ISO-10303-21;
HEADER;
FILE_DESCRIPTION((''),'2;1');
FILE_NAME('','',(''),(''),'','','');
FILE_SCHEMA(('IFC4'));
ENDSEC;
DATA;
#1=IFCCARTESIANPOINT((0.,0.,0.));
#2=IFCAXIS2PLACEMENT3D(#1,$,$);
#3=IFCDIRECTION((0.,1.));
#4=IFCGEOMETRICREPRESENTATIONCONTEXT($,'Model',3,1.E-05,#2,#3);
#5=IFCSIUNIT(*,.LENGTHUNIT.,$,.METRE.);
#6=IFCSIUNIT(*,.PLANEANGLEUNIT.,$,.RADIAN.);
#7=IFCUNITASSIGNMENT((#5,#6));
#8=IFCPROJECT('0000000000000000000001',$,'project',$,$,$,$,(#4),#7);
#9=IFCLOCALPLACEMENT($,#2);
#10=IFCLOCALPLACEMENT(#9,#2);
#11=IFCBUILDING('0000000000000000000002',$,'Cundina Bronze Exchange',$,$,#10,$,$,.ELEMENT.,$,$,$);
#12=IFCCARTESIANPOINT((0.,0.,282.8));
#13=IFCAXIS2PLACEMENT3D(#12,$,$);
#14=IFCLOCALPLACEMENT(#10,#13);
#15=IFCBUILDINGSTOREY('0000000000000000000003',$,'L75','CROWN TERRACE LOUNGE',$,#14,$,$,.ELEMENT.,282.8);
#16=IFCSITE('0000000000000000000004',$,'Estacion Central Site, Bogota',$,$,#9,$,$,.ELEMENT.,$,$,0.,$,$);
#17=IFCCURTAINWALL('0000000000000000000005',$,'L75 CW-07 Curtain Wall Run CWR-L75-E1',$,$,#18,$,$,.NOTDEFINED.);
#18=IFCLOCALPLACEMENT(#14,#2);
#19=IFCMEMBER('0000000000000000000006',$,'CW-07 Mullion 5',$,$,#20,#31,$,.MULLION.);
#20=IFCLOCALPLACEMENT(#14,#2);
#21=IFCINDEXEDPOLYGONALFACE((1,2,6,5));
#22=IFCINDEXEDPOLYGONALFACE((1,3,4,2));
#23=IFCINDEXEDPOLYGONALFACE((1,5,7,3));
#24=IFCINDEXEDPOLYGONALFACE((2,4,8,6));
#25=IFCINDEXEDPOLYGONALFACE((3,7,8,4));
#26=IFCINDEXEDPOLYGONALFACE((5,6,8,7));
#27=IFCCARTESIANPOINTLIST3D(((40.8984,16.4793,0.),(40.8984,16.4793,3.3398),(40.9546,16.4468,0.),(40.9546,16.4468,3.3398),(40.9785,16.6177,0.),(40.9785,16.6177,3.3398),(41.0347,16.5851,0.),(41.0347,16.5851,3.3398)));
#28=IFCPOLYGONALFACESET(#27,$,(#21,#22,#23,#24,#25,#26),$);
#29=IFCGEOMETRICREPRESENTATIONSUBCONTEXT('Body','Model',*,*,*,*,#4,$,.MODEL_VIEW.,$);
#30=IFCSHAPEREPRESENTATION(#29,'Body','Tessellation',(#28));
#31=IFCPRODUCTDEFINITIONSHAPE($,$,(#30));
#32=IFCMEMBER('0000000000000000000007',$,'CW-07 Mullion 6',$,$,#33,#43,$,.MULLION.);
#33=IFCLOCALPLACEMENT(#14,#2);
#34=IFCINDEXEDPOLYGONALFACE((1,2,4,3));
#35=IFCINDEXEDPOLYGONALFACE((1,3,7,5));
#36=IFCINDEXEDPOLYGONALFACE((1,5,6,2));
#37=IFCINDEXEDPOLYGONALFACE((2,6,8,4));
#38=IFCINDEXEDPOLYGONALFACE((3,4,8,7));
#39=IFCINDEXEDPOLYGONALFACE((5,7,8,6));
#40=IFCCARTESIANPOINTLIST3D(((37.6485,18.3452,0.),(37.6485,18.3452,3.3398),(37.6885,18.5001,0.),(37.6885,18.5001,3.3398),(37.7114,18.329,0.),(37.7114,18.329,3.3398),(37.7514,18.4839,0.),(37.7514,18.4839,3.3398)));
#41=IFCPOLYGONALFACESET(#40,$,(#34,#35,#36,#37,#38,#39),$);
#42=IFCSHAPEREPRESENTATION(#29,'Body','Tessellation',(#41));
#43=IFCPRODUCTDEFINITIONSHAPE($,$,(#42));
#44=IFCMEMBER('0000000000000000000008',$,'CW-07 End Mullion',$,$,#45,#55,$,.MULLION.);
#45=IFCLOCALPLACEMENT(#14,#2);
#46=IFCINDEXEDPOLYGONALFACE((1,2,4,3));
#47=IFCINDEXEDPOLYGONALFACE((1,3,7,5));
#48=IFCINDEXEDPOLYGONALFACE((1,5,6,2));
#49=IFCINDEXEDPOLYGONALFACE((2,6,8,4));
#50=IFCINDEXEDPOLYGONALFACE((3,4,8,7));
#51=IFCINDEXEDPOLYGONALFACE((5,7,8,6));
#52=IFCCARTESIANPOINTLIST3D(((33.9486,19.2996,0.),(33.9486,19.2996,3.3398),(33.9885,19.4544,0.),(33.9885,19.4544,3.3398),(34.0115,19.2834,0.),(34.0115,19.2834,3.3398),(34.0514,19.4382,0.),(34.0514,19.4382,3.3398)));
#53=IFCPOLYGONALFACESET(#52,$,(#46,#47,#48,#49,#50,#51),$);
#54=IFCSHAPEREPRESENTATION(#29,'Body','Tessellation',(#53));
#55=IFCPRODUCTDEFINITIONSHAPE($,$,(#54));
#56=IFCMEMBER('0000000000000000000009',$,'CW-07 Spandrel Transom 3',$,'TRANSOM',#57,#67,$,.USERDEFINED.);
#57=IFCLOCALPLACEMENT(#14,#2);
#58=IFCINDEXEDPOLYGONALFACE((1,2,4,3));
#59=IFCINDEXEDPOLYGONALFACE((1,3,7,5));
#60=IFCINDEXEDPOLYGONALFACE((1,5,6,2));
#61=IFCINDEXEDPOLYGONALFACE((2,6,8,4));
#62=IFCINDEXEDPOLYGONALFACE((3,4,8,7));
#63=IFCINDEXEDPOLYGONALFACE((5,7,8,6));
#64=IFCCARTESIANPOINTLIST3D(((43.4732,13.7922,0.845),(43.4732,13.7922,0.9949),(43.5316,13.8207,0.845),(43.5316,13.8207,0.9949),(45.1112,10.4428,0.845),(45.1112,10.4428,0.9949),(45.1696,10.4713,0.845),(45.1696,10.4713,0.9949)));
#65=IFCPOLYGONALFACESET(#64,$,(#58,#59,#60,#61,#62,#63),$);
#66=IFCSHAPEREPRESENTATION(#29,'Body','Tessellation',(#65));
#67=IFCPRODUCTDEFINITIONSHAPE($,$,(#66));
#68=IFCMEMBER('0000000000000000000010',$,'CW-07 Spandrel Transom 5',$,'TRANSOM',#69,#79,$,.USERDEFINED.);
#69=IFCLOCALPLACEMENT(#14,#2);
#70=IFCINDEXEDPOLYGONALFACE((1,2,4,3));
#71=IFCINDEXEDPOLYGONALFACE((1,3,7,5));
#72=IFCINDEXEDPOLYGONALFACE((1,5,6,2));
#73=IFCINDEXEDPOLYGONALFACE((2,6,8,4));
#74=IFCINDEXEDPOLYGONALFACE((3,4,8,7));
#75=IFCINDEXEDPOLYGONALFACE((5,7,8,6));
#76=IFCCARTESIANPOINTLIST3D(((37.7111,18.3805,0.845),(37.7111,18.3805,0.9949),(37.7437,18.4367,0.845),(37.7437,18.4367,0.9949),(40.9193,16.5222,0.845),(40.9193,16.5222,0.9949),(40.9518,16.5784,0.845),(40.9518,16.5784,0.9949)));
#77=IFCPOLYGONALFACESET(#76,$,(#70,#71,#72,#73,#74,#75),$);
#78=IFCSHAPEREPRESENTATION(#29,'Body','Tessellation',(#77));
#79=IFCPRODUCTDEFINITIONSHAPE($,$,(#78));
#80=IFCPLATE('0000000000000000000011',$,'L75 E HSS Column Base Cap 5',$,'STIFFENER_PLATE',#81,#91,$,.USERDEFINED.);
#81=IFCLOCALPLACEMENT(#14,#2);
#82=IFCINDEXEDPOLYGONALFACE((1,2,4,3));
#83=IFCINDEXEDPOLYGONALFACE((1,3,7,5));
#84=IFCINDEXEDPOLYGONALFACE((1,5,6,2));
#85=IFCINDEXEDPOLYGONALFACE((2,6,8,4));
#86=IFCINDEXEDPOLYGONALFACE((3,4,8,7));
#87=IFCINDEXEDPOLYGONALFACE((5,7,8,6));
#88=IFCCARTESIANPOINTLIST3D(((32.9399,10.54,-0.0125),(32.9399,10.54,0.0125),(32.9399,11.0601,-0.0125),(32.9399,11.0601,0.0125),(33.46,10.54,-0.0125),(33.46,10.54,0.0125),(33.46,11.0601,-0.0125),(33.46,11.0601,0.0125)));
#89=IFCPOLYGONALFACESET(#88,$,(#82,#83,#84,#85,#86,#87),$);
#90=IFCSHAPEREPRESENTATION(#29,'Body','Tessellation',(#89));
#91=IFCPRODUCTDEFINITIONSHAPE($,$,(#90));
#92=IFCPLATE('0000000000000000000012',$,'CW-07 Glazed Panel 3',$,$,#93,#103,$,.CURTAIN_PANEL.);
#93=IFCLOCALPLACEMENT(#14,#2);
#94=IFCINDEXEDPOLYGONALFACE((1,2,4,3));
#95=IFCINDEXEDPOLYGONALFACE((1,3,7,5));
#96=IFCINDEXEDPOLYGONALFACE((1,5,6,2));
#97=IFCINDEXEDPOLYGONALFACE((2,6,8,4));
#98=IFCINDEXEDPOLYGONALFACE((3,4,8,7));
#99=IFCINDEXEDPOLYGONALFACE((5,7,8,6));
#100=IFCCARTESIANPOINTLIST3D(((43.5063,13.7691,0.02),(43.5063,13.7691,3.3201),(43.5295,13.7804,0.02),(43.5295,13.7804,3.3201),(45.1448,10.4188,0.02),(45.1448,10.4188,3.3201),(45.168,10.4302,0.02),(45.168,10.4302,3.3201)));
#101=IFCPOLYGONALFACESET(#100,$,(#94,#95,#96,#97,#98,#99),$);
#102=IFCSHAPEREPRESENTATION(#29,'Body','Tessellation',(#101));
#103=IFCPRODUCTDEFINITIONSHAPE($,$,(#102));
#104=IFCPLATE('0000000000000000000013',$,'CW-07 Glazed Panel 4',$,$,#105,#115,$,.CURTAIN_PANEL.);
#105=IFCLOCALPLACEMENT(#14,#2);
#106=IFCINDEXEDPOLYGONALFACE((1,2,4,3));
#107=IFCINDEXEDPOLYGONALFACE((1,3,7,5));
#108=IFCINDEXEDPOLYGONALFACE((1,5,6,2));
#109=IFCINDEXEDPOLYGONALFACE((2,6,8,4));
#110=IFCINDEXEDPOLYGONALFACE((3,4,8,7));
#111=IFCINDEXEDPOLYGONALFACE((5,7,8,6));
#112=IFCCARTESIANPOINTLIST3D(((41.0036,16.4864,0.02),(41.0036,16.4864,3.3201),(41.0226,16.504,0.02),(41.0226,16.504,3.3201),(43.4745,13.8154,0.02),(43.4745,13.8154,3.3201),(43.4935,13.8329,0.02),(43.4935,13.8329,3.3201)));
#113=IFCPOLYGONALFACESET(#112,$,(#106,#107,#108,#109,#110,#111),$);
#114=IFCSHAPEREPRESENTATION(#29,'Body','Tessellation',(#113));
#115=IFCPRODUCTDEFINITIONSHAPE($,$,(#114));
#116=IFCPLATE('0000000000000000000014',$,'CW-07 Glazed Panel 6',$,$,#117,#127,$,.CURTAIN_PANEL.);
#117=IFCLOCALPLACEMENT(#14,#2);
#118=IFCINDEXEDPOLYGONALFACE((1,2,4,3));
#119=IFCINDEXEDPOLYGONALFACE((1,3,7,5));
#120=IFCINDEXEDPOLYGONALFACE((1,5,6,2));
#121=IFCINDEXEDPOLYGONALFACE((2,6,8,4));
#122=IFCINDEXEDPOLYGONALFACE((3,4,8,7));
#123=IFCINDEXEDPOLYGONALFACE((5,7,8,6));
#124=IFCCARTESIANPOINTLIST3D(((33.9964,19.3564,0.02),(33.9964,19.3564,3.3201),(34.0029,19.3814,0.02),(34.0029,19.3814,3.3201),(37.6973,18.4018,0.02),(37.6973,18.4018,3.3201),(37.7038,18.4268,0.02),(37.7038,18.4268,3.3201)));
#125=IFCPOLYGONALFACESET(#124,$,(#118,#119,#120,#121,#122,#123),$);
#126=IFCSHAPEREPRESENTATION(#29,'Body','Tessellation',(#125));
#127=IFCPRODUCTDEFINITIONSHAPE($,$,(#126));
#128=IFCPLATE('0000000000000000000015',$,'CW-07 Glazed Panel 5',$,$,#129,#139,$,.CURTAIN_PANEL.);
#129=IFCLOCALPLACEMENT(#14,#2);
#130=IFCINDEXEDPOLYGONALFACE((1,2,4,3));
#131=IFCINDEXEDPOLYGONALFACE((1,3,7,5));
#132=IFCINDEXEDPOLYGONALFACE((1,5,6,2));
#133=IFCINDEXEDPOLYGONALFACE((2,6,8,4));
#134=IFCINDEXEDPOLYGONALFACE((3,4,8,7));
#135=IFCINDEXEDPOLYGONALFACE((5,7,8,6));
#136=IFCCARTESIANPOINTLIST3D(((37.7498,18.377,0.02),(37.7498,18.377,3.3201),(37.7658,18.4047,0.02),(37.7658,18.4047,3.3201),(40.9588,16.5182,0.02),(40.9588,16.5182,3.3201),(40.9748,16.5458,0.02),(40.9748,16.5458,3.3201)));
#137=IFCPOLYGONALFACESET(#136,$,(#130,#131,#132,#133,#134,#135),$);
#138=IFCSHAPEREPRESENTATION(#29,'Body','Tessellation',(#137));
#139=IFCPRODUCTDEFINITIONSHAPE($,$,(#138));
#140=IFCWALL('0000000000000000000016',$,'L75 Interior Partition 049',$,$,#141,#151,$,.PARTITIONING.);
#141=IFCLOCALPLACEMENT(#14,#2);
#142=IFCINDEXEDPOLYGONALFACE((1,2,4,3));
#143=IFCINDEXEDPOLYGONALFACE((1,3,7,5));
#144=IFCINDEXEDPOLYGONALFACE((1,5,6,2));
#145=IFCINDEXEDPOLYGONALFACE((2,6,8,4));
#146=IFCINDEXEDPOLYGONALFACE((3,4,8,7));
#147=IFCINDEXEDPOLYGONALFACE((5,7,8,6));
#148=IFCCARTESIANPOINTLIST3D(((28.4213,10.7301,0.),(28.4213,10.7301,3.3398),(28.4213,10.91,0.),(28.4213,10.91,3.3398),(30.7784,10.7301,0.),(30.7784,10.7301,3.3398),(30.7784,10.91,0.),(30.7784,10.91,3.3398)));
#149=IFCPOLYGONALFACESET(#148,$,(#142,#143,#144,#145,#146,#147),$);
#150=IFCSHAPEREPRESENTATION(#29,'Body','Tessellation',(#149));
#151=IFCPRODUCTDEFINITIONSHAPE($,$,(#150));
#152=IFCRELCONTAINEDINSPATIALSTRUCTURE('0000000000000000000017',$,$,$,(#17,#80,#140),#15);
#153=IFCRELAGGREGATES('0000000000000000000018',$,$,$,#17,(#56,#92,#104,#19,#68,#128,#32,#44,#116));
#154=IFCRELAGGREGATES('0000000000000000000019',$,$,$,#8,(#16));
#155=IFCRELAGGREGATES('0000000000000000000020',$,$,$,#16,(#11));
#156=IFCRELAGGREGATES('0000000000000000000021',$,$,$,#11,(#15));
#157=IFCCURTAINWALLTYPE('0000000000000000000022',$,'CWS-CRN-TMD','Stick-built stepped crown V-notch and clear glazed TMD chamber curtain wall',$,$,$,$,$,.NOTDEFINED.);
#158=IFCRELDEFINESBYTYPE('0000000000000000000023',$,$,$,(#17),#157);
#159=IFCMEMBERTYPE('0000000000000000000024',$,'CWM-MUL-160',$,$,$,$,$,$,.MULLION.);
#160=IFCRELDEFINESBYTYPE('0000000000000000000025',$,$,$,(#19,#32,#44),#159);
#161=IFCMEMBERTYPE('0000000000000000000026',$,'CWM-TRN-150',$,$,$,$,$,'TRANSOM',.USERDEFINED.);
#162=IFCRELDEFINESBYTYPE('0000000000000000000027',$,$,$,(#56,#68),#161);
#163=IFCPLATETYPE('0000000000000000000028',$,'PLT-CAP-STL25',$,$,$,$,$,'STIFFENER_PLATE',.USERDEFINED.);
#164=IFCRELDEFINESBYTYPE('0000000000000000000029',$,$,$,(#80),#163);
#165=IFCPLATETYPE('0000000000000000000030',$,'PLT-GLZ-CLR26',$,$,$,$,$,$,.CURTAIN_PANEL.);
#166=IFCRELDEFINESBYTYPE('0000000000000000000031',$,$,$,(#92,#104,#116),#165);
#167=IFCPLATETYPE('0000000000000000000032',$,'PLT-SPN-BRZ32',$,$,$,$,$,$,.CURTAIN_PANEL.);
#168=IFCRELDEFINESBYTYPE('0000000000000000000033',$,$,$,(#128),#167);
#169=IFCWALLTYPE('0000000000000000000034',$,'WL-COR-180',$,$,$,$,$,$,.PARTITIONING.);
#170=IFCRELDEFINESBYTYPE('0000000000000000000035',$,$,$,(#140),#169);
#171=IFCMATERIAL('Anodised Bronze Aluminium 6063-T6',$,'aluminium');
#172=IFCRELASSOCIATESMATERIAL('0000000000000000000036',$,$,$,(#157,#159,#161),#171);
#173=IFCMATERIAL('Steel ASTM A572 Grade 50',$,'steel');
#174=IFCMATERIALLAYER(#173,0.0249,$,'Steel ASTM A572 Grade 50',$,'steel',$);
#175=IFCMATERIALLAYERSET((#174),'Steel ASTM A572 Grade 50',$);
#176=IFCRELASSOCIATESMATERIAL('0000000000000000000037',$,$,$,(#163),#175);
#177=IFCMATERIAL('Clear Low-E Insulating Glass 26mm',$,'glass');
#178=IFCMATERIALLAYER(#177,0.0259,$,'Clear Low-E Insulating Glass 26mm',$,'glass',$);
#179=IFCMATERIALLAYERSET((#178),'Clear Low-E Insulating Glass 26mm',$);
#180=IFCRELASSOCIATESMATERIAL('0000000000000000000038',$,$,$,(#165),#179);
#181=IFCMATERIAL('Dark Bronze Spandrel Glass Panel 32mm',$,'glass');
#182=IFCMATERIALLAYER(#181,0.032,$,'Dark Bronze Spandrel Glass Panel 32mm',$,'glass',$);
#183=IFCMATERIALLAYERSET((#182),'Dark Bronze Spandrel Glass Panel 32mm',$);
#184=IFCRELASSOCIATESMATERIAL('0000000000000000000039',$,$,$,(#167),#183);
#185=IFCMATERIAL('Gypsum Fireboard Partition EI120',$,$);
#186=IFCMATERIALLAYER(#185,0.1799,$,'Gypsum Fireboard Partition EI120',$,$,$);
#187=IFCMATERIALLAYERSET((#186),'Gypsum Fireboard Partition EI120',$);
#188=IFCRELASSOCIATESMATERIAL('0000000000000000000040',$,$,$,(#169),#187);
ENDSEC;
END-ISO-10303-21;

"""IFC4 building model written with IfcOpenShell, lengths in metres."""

from ifc_helpers import new_model, si_unit, direction, frame, frame_2d, origin, origin_2d, place, context, subcontext, project, spatial, rectangle, extrude, material, layer, layer_set, material_profile, profile_set, type_object, element, aggregate, save


model = new_model("IFC4")

# Units and contexts
model_context = context("Model", 3, precision=1e-05, world=origin(), true_north=direction((0.0, 1.0)))
body_context = subcontext(model_context, "Body", "Model", "MODEL_VIEW")
ifc_project = project(units=[si_unit("LENGTHUNIT", "METRE"), si_unit("PLANEANGLEUNIT", "RADIAN")], contexts=[model_context])

# Site, building, storey
site_placement = place(None, origin())
site = spatial("IfcSite", under=ifc_project, at=site_placement, Name="Estacion Central Site, Bogota", CompositionType="ELEMENT", RefElevation=0.0)
building_placement = place(site_placement, origin())
building = spatial("IfcBuilding", under=site, at=building_placement, Name="Cundina Bronze Exchange", CompositionType="ELEMENT")
storey_placement = place(building_placement, frame((0.0, 0.0, 282.8)))
storey = spatial("IfcBuildingStorey", under=building, at=storey_placement, Name="L75", Description="CROWN TERRACE LOUNGE", CompositionType="ELEMENT", Elevation=282.8)

# Curtain wall, members
ifc_material_1 = material(Name="Anodised Bronze Aluminium 6063-T6", Category="aluminium")
curtain_wall_type = type_object("IfcCurtainWallType", Name="CWS-CRN-TMD", Description="Stick-built stepped crown V-notch and clear glazed TMD chamber curtain wall", PredefinedType="NOTDEFINED", material=ifc_material_1)
curtain_wall_placement = place(storey_placement, origin())
curtain_wall = element("IfcCurtainWall", 1, at=curtain_wall_placement, inside=storey, type_object=curtain_wall_type, Name="L75 CW-07 Curtain Wall Run CWR-L75-E1", PredefinedType="NOTDEFINED")
ifc_material_profile_1 = material_profile(ifc_material_1, rectangle(XDim=0.0649, YDim=0.1599, at=origin_2d()), Name="AL65X160", Category="aluminium")
ifc_profile_set_1 = profile_set([ifc_material_profile_1], Name="Anodised Bronze Aluminium 6063-T6")
member_type_1 = type_object("IfcMemberType", Name="CWM-MUL-160", PredefinedType="MULLION", material=ifc_profile_set_1)
member_1_placement = place(storey_placement, frame((40.9666, 16.5322, 0.0), z_axis=(0.0, 0.0, 1.0), x_axis=(-0.865326, 0.501209, 0.0)))
member_1 = element("IfcMember", 2, at=member_1_placement, type_object=member_type_1, Name="CW-07 Mullion 5", PredefinedType="MULLION", context=body_context, shape_type="SweptSolid", body=[
    extrude(rectangle(XDim=0.0649, YDim=0.1599, at=origin_2d()), origin(), (0.0, 0.0, 1.0), 3.3398),
])
member_2_placement = place(storey_placement, frame((37.7, 18.4146, 0.0), z_axis=(0.0, 0.0, 1.0), x_axis=(-0.968322, 0.249704, 0.0)))
member_2 = element("IfcMember", 3, at=member_2_placement, type_object=member_type_1, Name="CW-07 Mullion 6", PredefinedType="MULLION", context=body_context, shape_type="SweptSolid", body=[
    extrude(rectangle(XDim=0.0649, YDim=0.1599, at=origin_2d()), origin(), (0.0, 0.0, 1.0), 3.3398),
])
member_3_placement = place(storey_placement, frame((34.0, 19.3689, 0.0), z_axis=(0.0, 0.0, 1.0), x_axis=(-0.968322, 0.249704, 0.0)))
member_3 = element("IfcMember", 4, at=member_3_placement, type_object=member_type_1, Name="CW-07 End Mullion", PredefinedType="MULLION", context=body_context, shape_type="SweptSolid", body=[
    extrude(rectangle(XDim=0.0649, YDim=0.1599, at=origin_2d()), origin(), (0.0, 0.0, 1.0), 3.3398),
])
ifc_material_profile_2 = material_profile(ifc_material_1, rectangle(XDim=0.0649, YDim=0.1499, at=origin_2d()), Name="AL65X150", Category="aluminium")
ifc_profile_set_2 = profile_set([ifc_material_profile_2], Name="Anodised Bronze Aluminium 6063-T6")
member_type_2 = type_object("IfcMemberType", Name="CWM-TRN-150", ElementType="TRANSOM", PredefinedType="USERDEFINED", material=ifc_profile_set_2)
member_4_placement = place(storey_placement, frame((45.1404, 10.457, 0.9199), z_axis=(-0.439312, 0.898334, 0.0), x_axis=(-0.898334, -0.439312, 0.0)))
member_4 = element("IfcMember", 5, at=member_4_placement, type_object=member_type_2, Name="CW-07 Spandrel Transom 3", ObjectType="TRANSOM", PredefinedType="USERDEFINED", context=body_context, shape_type="SweptSolid", body=[
    extrude(rectangle(XDim=0.0649, YDim=0.1499, at=origin_2d()), origin(), (0.0, 0.0, 1.0), 3.7285),
])
member_5_placement = place(storey_placement, frame((40.9355, 16.5503, 0.9199), z_axis=(-0.865311, 0.501236, 0.0), x_axis=(-0.501236, -0.865311, 0.0)))
member_5 = element("IfcMember", 6, at=member_5_placement, type_object=member_type_2, Name="CW-07 Spandrel Transom 5", ObjectType="TRANSOM", PredefinedType="USERDEFINED", context=body_context, shape_type="SweptSolid", body=[
    extrude(rectangle(XDim=0.0649, YDim=0.1499, at=origin_2d()), origin(), (0.0, 0.0, 1.0), 3.7075),
])

# Plates
ifc_material_2 = material(Name="Steel ASTM A572 Grade 50", Category="steel")
ifc_layer_1 = layer(ifc_material_2, 0.0249, Name="Steel ASTM A572 Grade 50", Category="steel")
ifc_layer_set_1 = layer_set([ifc_layer_1], Name="Steel ASTM A572 Grade 50")
plate_type_1 = type_object("IfcPlateType", Name="PLT-CAP-STL25", ElementType="STIFFENER_PLATE", PredefinedType="USERDEFINED", material=ifc_layer_set_1)
plate_1_placement = place(storey_placement, frame((33.2, 10.8, -0.0125), z_axis=(0.0, 0.0, 1.0), x_axis=(1.0, 0.0, 0.0)))
element("IfcPlate", 7, at=plate_1_placement, inside=storey, type_object=plate_type_1, Name="L75 E HSS Column Base Cap 5", ObjectType="STIFFENER_PLATE", PredefinedType="USERDEFINED", context=body_context, shape_type="SweptSolid", body=[
    extrude(rectangle(XDim=0.52, YDim=0.52, at=origin_2d()), origin(), (0.0, 0.0, 1.0), 0.0249),
])
ifc_material_3 = material(Name="Clear Low-E Insulating Glass 26mm", Category="glass")
ifc_layer_2 = layer(ifc_material_3, 0.0259, Name="Clear Low-E Insulating Glass 26mm", Category="glass")
ifc_layer_set_2 = layer_set([ifc_layer_2], Name="Clear Low-E Insulating Glass 26mm")
plate_type_2 = type_object("IfcPlateType", Name="PLT-GLZ-CLR26", PredefinedType="CURTAIN_PANEL", material=ifc_layer_set_2)
plate_2_placement = place(storey_placement, frame((44.3372, 12.0996, 0.02), z_axis=(0.0, 0.0, 1.0), x_axis=(-0.439343, 0.898319, 0.0)))
plate_2 = element("IfcPlate", 8, at=plate_2_placement, type_object=plate_type_2, Name="CW-07 Glazed Panel 3", PredefinedType="CURTAIN_PANEL", context=body_context, shape_type="SweptSolid", body=[
    extrude(rectangle(XDim=3.7295, YDim=0.0259, at=origin_2d()), origin(), (0.0, 0.0, 1.0), 3.3),
])
plate_3_placement = place(storey_placement, frame((42.2485, 15.1597, 0.02), z_axis=(0.0, 0.0, 1.0), x_axis=(-0.679083, 0.734062, 0.0)))
plate_3 = element("IfcPlate", 9, at=plate_3_placement, type_object=plate_type_2, Name="CW-07 Glazed Panel 4", PredefinedType="CURTAIN_PANEL", context=body_context, shape_type="SweptSolid", body=[
    extrude(rectangle(XDim=3.6387, YDim=0.0259, at=origin_2d()), origin(), (0.0, 0.0, 1.0), 3.3),
])
plate_4_placement = place(storey_placement, frame((35.8501, 18.8916, 0.02), z_axis=(0.0, 0.0, 1.0), x_axis=(-0.968309, 0.249755, 0.0)))
plate_4 = element("IfcPlate", 10, at=plate_4_placement, type_object=plate_type_2, Name="CW-07 Glazed Panel 6", PredefinedType="CURTAIN_PANEL", context=body_context, shape_type="SweptSolid", body=[
    extrude(rectangle(XDim=3.822, YDim=0.0259, at=origin_2d()), origin(), (0.0, 0.0, 1.0), 3.3),
])
ifc_material_4 = material(Name="Dark Bronze Spandrel Glass Panel 32mm", Category="glass")
ifc_layer_3 = layer(ifc_material_4, 0.032, Name="Dark Bronze Spandrel Glass Panel 32mm", Category="glass")
ifc_layer_set_3 = layer_set([ifc_layer_3], Name="Dark Bronze Spandrel Glass Panel 32mm")
plate_type_3 = type_object("IfcPlateType", Name="PLT-SPN-BRZ32", PredefinedType="CURTAIN_PANEL", material=ifc_layer_set_3)
plate_5_placement = place(storey_placement, frame((39.3623, 17.4614, 0.02), z_axis=(0.0, 0.0, 1.0), x_axis=(-0.865309, 0.501239, 0.0)))
plate_5 = element("IfcPlate", 11, at=plate_5_placement, type_object=plate_type_3, Name="CW-07 Glazed Panel 5", PredefinedType="CURTAIN_PANEL", context=body_context, shape_type="SweptSolid", body=[
    extrude(rectangle(XDim=3.7085, YDim=0.032, at=origin_2d()), origin(), (0.0, 0.0, 1.0), 3.3),
])
aggregate(curtain_wall, [member_4, plate_2, plate_3, member_1, member_5, plate_5, member_2, member_3, plate_4])

# Wall
ifc_material_5 = material(Name="Gypsum Fireboard Partition EI120")
ifc_layer_4 = layer(ifc_material_5, 0.1799, Name="Gypsum Fireboard Partition EI120")
ifc_layer_set_4 = layer_set([ifc_layer_4], Name="Gypsum Fireboard Partition EI120")
wall_type_1 = type_object("IfcWallType", Name="WL-COR-180", PredefinedType="PARTITIONING", material=ifc_layer_set_4)
wall_1_placement = place(storey_placement, frame((30.7786, 10.8201, 0.0), z_axis=(0.0, 0.0, 1.0), x_axis=(-1.0, 0.0, 0.0)))
element("IfcWall", 12, at=wall_1_placement, inside=storey, type_object=wall_type_1, Name="L75 Interior Partition 049", PredefinedType="PARTITIONING", context=body_context, shape_type="SweptSolid", body=[
    extrude(rectangle(XDim=2.3572, YDim=0.1799, at=frame_2d((1.1787, 0.0))), origin(), (0.0, 0.0, 1.0), 3.3398),
])

save(model, "model.ifc")
